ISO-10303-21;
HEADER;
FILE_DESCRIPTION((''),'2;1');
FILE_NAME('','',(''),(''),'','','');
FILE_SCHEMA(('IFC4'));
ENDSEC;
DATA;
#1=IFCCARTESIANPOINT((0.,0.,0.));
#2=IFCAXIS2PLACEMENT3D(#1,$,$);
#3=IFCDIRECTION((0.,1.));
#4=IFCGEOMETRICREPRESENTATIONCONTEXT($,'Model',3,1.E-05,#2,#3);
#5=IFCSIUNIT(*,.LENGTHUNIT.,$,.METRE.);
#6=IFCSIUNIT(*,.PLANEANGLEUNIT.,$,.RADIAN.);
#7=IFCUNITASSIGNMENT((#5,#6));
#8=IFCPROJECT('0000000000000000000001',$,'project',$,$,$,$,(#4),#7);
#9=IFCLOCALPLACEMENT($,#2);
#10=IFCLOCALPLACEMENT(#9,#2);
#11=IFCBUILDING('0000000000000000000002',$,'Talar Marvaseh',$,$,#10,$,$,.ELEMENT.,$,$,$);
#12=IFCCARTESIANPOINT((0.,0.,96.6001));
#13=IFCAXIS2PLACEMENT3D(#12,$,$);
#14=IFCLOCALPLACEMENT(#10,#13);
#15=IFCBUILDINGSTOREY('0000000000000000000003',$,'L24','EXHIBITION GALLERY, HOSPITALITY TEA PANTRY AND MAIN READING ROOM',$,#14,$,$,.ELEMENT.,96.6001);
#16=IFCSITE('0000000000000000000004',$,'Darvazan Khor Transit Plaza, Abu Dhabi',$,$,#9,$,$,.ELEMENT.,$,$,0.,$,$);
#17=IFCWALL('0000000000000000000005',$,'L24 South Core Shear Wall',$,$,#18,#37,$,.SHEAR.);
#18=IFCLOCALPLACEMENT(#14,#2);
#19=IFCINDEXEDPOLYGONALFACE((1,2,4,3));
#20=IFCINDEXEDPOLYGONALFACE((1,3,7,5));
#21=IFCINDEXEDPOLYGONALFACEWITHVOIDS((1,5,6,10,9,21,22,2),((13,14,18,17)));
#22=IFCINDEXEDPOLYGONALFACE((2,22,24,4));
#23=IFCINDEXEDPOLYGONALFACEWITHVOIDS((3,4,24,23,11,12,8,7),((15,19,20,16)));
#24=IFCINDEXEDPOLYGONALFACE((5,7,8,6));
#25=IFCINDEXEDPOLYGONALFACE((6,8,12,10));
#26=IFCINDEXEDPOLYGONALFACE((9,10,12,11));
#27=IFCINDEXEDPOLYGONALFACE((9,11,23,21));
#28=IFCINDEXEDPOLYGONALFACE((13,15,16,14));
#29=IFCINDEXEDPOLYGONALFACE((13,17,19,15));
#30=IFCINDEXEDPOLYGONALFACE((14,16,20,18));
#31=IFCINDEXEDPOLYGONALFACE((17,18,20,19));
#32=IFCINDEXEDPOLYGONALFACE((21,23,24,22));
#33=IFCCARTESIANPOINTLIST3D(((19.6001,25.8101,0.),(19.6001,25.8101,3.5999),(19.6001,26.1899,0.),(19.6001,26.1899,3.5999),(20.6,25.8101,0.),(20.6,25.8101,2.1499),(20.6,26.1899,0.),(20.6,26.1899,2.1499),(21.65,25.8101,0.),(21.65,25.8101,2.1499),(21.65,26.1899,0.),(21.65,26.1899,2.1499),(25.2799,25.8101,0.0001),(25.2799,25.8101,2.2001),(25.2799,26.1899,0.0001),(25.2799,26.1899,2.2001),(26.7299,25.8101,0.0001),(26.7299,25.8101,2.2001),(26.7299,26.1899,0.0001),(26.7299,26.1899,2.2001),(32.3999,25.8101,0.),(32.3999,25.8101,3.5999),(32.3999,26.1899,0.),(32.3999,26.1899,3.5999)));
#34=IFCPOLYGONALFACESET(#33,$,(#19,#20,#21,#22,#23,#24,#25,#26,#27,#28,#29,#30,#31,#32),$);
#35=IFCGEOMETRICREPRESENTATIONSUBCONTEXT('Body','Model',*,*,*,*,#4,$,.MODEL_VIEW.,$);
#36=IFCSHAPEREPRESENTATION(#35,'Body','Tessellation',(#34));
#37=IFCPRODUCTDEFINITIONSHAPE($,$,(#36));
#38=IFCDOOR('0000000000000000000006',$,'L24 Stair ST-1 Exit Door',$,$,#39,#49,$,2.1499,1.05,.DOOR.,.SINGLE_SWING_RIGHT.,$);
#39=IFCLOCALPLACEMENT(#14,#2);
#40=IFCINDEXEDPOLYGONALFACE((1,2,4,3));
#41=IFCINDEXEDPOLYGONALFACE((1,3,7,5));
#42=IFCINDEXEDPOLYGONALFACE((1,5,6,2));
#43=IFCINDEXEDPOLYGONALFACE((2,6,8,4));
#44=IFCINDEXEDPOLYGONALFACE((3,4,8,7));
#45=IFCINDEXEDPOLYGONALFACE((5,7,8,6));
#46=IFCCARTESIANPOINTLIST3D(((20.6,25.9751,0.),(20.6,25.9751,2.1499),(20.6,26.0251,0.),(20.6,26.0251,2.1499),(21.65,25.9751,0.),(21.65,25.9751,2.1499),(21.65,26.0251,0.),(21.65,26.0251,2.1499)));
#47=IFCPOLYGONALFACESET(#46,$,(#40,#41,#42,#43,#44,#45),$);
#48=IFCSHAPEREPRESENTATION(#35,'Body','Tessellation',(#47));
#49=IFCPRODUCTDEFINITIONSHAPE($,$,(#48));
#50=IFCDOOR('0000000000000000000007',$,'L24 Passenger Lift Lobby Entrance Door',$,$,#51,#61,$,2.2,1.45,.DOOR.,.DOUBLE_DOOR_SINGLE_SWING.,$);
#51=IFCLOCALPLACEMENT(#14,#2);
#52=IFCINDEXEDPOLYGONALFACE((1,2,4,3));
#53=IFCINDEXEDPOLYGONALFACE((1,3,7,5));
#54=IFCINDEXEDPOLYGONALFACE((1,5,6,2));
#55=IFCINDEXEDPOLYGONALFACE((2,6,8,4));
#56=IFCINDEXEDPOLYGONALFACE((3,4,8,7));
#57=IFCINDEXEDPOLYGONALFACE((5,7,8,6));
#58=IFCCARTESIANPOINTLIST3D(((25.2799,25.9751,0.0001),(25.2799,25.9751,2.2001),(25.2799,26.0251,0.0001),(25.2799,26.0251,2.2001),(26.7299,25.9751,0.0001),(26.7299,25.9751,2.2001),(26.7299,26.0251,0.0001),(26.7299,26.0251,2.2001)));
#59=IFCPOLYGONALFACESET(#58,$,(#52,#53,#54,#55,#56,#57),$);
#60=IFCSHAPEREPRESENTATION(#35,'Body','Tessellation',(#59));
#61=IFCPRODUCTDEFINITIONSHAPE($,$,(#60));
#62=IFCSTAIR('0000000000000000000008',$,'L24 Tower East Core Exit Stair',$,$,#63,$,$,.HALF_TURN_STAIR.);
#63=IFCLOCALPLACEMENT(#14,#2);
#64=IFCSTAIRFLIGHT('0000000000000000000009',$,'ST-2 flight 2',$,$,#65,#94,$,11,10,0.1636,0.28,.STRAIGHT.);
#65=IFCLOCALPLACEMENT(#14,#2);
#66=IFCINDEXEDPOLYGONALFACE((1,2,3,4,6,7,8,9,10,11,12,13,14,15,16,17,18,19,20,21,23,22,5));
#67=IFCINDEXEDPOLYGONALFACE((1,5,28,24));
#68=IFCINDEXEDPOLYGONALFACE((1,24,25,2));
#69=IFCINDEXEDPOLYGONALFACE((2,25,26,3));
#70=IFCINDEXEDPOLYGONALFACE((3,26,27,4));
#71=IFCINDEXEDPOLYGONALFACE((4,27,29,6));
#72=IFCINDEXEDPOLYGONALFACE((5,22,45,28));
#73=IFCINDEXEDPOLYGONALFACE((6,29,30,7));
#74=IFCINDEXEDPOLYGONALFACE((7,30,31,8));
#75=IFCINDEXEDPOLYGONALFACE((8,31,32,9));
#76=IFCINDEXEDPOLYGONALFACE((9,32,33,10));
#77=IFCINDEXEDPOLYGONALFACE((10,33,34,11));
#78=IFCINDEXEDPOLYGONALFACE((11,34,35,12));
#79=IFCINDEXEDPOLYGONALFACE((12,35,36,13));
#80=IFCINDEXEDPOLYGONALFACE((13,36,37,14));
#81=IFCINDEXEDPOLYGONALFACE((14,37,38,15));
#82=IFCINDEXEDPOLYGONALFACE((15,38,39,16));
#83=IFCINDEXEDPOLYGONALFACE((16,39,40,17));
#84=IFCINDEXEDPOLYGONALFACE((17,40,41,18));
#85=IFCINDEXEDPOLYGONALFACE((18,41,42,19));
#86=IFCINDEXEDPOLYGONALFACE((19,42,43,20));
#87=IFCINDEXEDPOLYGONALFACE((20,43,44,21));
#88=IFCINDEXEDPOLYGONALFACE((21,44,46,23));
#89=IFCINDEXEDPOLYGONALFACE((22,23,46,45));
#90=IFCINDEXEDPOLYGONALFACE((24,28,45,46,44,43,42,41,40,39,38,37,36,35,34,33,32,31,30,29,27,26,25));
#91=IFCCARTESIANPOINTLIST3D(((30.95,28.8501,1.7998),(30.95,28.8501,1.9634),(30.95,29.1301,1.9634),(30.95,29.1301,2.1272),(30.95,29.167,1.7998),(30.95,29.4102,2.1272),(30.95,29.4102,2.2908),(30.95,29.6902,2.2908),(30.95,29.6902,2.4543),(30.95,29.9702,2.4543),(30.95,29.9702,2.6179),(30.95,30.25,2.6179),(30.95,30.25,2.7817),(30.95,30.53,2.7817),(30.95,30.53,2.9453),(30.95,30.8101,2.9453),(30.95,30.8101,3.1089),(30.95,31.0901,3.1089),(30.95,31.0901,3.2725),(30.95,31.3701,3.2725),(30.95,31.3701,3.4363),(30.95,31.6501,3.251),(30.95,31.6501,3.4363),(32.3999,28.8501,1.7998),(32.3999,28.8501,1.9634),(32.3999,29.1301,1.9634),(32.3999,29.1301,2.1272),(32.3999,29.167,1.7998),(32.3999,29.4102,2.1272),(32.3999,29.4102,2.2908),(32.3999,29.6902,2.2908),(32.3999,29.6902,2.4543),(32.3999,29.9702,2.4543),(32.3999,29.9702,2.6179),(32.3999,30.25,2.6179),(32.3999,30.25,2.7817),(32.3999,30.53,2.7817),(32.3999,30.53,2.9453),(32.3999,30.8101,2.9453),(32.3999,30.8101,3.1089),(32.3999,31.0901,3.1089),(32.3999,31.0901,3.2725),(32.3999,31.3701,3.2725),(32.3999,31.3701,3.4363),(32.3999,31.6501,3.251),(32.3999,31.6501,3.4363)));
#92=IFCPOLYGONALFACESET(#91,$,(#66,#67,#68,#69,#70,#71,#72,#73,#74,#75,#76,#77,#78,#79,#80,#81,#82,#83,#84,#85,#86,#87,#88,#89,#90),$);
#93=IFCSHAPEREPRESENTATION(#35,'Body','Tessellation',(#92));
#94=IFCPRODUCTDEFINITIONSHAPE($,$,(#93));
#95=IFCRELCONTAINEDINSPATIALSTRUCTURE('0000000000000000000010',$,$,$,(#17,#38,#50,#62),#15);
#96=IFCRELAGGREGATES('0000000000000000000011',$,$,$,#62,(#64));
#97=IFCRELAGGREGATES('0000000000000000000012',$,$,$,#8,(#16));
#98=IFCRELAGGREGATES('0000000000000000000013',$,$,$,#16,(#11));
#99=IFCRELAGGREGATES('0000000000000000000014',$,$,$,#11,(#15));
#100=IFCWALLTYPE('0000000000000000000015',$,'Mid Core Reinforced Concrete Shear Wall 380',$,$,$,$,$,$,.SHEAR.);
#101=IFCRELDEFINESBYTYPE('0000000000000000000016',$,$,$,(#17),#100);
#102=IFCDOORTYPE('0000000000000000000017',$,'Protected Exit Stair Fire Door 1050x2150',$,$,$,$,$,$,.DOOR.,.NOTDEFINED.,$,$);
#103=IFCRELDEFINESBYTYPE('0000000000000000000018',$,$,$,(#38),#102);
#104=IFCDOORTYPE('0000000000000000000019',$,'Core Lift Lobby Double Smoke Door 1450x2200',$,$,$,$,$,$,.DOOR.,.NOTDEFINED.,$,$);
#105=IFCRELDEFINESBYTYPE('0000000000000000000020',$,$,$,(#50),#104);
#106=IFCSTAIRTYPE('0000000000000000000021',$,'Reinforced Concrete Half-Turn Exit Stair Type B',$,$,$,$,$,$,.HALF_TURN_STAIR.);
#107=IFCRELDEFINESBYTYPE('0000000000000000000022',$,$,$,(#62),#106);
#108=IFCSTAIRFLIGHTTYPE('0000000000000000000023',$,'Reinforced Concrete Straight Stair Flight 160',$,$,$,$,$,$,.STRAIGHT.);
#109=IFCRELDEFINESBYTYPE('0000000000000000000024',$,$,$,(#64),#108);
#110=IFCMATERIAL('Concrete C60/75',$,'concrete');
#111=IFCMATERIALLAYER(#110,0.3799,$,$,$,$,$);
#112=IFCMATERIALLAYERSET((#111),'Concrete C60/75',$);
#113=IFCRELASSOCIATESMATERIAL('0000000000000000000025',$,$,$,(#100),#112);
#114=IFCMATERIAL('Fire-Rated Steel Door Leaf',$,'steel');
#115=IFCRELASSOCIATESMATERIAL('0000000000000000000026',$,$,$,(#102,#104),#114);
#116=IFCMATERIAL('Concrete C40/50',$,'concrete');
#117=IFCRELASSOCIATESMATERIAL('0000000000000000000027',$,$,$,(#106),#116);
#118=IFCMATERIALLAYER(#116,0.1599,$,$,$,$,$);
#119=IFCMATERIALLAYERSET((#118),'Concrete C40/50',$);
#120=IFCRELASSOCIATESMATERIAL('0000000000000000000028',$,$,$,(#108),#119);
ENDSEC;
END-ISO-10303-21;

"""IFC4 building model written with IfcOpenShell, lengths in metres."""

from ifc_helpers import new_model, si_unit, direction, frame, frame_2d, origin, place, context, subcontext, project, spatial, polyline, rectangle, outline, extrude, source, transform, mapped, material, layer, layer_set, type_object, type_shapes, element, fill, aggregate, save


model = new_model("IFC4")

# Units and contexts
model_context = context("Model", 3, precision=1e-05, world=origin(), true_north=direction((0.0, 1.0)))
body_context = subcontext(model_context, "Body", "Model", "MODEL_VIEW")
ifc_project = project(units=[si_unit("LENGTHUNIT", "METRE"), si_unit("PLANEANGLEUNIT", "RADIAN")], contexts=[model_context])

# Site, building, storey
site_placement = place(None, origin())
site = spatial("IfcSite", under=ifc_project, at=site_placement, Name="Darvazan Khor Transit Plaza, Abu Dhabi", CompositionType="ELEMENT", RefElevation=0.0)
building_placement = place(site_placement, origin())
building = spatial("IfcBuilding", under=site, at=building_placement, Name="Talar Marvaseh", CompositionType="ELEMENT")
storey_placement = place(building_placement, frame((0.0, 0.0, 96.6001)))
storey = spatial("IfcBuildingStorey", under=building, at=storey_placement, Name="L24", Description="EXHIBITION GALLERY, HOSPITALITY TEA PANTRY AND MAIN READING ROOM", CompositionType="ELEMENT", Elevation=96.6001)

# Shared definitions
ifc_material_1 = material(Name="Concrete C60/75", Category="concrete")

# Wall, openings, doors
ifc_layer_1 = layer(ifc_material_1, 0.3799)
ifc_layer_set_1 = layer_set([ifc_layer_1], Name="Concrete C60/75")
wall_type_1 = type_object("IfcWallType", Name="Mid Core Reinforced Concrete Shear Wall 380", PredefinedType="SHEAR", material=ifc_layer_set_1)
wall_1_placement = place(storey_placement, frame((32.3999, 26.0, 0.0), z_axis=(0.0, 0.0, 1.0), x_axis=(-1.0, 0.0, 0.0)))
wall_1 = element("IfcWall", 1, at=wall_1_placement, inside=storey, type_object=wall_type_1, Name="L24 South Core Shear Wall", PredefinedType="SHEAR", context=body_context, shape_type="SweptSolid", body=[
    extrude(rectangle(XDim=12.7998, YDim=0.3799, at=frame_2d((6.3999, 0.0))), origin(), (0.0, 0.0, 1.0), 3.5999),
])
opening_1_placement = place(wall_1_placement, frame((10.75, 0.0, 0.0)))
opening_1 = element("IfcOpeningElement", 2, at=opening_1_placement, cuts=wall_1, PredefinedType="OPENING", context=body_context, shape_type="SweptSolid", body=[
    extrude(rectangle(XDim=1.05, YDim=2.1499, at=frame_2d((0.5249, 1.075))), frame((0.0, 0.2, 0.0), z_axis=(0.0, -1.0, 0.0), x_axis=(1.0, 0.0, 0.0)), (0.0, 0.0, 1.0), 0.3999),
])
opening_2_placement = place(wall_1_placement, frame((5.6699, 0.0, 0.0)))
opening_2 = element("IfcOpeningElement", 3, at=opening_2_placement, cuts=wall_1, PredefinedType="OPENING", context=body_context, shape_type="SweptSolid", body=[
    extrude(rectangle(XDim=1.45, YDim=2.2, at=frame_2d((0.7251, 1.1001))), frame((0.0, 0.2, 0.0), z_axis=(0.0, -1.0, 0.0), x_axis=(1.0, 0.0, 0.0)), (0.0, 0.0, 1.0), 0.3999),
])
ifc_material_2 = material(Name="Fire-Rated Steel Door Leaf", Category="steel")
door_type_1 = type_object("IfcDoorType", Name="Protected Exit Stair Fire Door 1050x2150", OperationType="NOTDEFINED", PredefinedType="DOOR", material=ifc_material_2)
shared_shape_1 = source(origin(), body_context, "Body", "SweptSolid", [
    extrude(rectangle(XDim=1.05, YDim=2.1499, at=frame_2d((0.5249, 1.075))), frame((0.0, 0.0249, 0.0), z_axis=(0.0, -1.0, 0.0), x_axis=(1.0, 0.0, 0.0)), (0.0, 0.0, 1.0), 0.05),
])
type_shapes(door_type_1, [shared_shape_1])
door_1_placement = place(opening_1_placement, origin())
door_1 = element("IfcDoor", 4, at=door_1_placement, inside=storey, type_object=door_type_1, Name="L24 Stair ST-1 Exit Door", OperationType="SINGLE_SWING_RIGHT", OverallHeight=2.1499, OverallWidth=1.05, PredefinedType="DOOR", context=body_context, shape_type="MappedRepresentation", body=[
    mapped(shared_shape_1, transform((0.0, 0.0, 0.0), x_axis=(1.0, 0.0, 0.0), y_axis=(0.0, 1.0, 0.0), z_axis=(0.0, 0.0, 1.0), scale=1.0)),
])
fill(opening_1, door_1)
door_type_2 = type_object("IfcDoorType", Name="Core Lift Lobby Double Smoke Door 1450x2200", OperationType="NOTDEFINED", PredefinedType="DOOR", material=ifc_material_2)
shared_shape_2 = source(origin(), body_context, "Body", "SweptSolid", [
    extrude(rectangle(XDim=1.45, YDim=2.2, at=frame_2d((0.7251, 1.1001))), frame((0.0, 0.0249, 0.0), z_axis=(0.0, -1.0, 0.0), x_axis=(1.0, 0.0, 0.0)), (0.0, 0.0, 1.0), 0.05),
])
type_shapes(door_type_2, [shared_shape_2])
door_2_placement = place(opening_2_placement, origin())
door_2 = element("IfcDoor", 5, at=door_2_placement, inside=storey, type_object=door_type_2, Name="L24 Passenger Lift Lobby Entrance Door", OperationType="DOUBLE_DOOR_SINGLE_SWING", OverallHeight=2.2, OverallWidth=1.45, PredefinedType="DOOR", context=body_context, shape_type="MappedRepresentation", body=[
    mapped(shared_shape_2, transform((0.0, 0.0, 0.0), x_axis=(1.0, 0.0, 0.0), y_axis=(0.0, 1.0, 0.0), z_axis=(0.0, 0.0, 1.0), scale=1.0)),
])
fill(opening_2, door_2)

# Stair, stair flight
ifc_material_3 = material(Name="Concrete C40/50", Category="concrete")
stair_type = type_object("IfcStairType", Name="Reinforced Concrete Half-Turn Exit Stair Type B", PredefinedType="HALF_TURN_STAIR", material=ifc_material_3)
stair_placement = place(storey_placement, origin())
stair = element("IfcStair", 6, at=stair_placement, inside=storey, type_object=stair_type, Name="L24 Tower East Core Exit Stair", PredefinedType="HALF_TURN_STAIR")
ifc_layer_2 = layer(ifc_material_3, 0.1599)
ifc_layer_set_2 = layer_set([ifc_layer_2], Name="Concrete C40/50")
stair_flight_type = type_object("IfcStairFlightType", Name="Reinforced Concrete Straight Stair Flight 160", PredefinedType="STRAIGHT", material=ifc_layer_set_2)
stair_flight_placement = place(storey_placement, frame((31.675, 28.8501, 1.7998), z_axis=(0.0, 0.0, 1.0), x_axis=(0.0, 1.0, 0.0)))
stair_flight = element("IfcStairFlight", 7, at=stair_flight_placement, type_object=stair_flight_type, Name="ST-2 flight 2", NumberOfRisers=11, NumberOfTreads=10, PredefinedType="STRAIGHT", RiserHeight=0.1636, TreadLength=0.28, context=body_context, shape_type="SweptSolid", body=[
    extrude(outline(polyline([(0.0, 0.0), (0.0, 0.1636), (0.28, 0.1636), (0.28, 0.3274), (0.5601, 0.3274), (0.5601, 0.491), (0.8401, 0.491), (0.8401, 0.6545), (1.1201, 0.6545), (1.1201, 0.8181), (1.3999, 0.8181), (1.3999, 0.9819), (1.6799, 0.9819), (1.6799, 1.1455), (1.96, 1.1455), (1.96, 1.3091), (2.24, 1.3091), (2.24, 1.4727), (2.52, 1.4727), (2.52, 1.6365), (2.8, 1.6365), (2.8, 1.8), (2.8, 1.4512), (0.3169, 0.0), (0.0, 0.0)])), frame((0.0, 0.7251, 0.0), z_axis=(0.0, -1.0, 0.0), x_axis=(1.0, 0.0, 0.0)), (0.0, 0.0, 1.0), 1.45),
])
aggregate(stair, [stair_flight])

save(model, "model.ifc")
